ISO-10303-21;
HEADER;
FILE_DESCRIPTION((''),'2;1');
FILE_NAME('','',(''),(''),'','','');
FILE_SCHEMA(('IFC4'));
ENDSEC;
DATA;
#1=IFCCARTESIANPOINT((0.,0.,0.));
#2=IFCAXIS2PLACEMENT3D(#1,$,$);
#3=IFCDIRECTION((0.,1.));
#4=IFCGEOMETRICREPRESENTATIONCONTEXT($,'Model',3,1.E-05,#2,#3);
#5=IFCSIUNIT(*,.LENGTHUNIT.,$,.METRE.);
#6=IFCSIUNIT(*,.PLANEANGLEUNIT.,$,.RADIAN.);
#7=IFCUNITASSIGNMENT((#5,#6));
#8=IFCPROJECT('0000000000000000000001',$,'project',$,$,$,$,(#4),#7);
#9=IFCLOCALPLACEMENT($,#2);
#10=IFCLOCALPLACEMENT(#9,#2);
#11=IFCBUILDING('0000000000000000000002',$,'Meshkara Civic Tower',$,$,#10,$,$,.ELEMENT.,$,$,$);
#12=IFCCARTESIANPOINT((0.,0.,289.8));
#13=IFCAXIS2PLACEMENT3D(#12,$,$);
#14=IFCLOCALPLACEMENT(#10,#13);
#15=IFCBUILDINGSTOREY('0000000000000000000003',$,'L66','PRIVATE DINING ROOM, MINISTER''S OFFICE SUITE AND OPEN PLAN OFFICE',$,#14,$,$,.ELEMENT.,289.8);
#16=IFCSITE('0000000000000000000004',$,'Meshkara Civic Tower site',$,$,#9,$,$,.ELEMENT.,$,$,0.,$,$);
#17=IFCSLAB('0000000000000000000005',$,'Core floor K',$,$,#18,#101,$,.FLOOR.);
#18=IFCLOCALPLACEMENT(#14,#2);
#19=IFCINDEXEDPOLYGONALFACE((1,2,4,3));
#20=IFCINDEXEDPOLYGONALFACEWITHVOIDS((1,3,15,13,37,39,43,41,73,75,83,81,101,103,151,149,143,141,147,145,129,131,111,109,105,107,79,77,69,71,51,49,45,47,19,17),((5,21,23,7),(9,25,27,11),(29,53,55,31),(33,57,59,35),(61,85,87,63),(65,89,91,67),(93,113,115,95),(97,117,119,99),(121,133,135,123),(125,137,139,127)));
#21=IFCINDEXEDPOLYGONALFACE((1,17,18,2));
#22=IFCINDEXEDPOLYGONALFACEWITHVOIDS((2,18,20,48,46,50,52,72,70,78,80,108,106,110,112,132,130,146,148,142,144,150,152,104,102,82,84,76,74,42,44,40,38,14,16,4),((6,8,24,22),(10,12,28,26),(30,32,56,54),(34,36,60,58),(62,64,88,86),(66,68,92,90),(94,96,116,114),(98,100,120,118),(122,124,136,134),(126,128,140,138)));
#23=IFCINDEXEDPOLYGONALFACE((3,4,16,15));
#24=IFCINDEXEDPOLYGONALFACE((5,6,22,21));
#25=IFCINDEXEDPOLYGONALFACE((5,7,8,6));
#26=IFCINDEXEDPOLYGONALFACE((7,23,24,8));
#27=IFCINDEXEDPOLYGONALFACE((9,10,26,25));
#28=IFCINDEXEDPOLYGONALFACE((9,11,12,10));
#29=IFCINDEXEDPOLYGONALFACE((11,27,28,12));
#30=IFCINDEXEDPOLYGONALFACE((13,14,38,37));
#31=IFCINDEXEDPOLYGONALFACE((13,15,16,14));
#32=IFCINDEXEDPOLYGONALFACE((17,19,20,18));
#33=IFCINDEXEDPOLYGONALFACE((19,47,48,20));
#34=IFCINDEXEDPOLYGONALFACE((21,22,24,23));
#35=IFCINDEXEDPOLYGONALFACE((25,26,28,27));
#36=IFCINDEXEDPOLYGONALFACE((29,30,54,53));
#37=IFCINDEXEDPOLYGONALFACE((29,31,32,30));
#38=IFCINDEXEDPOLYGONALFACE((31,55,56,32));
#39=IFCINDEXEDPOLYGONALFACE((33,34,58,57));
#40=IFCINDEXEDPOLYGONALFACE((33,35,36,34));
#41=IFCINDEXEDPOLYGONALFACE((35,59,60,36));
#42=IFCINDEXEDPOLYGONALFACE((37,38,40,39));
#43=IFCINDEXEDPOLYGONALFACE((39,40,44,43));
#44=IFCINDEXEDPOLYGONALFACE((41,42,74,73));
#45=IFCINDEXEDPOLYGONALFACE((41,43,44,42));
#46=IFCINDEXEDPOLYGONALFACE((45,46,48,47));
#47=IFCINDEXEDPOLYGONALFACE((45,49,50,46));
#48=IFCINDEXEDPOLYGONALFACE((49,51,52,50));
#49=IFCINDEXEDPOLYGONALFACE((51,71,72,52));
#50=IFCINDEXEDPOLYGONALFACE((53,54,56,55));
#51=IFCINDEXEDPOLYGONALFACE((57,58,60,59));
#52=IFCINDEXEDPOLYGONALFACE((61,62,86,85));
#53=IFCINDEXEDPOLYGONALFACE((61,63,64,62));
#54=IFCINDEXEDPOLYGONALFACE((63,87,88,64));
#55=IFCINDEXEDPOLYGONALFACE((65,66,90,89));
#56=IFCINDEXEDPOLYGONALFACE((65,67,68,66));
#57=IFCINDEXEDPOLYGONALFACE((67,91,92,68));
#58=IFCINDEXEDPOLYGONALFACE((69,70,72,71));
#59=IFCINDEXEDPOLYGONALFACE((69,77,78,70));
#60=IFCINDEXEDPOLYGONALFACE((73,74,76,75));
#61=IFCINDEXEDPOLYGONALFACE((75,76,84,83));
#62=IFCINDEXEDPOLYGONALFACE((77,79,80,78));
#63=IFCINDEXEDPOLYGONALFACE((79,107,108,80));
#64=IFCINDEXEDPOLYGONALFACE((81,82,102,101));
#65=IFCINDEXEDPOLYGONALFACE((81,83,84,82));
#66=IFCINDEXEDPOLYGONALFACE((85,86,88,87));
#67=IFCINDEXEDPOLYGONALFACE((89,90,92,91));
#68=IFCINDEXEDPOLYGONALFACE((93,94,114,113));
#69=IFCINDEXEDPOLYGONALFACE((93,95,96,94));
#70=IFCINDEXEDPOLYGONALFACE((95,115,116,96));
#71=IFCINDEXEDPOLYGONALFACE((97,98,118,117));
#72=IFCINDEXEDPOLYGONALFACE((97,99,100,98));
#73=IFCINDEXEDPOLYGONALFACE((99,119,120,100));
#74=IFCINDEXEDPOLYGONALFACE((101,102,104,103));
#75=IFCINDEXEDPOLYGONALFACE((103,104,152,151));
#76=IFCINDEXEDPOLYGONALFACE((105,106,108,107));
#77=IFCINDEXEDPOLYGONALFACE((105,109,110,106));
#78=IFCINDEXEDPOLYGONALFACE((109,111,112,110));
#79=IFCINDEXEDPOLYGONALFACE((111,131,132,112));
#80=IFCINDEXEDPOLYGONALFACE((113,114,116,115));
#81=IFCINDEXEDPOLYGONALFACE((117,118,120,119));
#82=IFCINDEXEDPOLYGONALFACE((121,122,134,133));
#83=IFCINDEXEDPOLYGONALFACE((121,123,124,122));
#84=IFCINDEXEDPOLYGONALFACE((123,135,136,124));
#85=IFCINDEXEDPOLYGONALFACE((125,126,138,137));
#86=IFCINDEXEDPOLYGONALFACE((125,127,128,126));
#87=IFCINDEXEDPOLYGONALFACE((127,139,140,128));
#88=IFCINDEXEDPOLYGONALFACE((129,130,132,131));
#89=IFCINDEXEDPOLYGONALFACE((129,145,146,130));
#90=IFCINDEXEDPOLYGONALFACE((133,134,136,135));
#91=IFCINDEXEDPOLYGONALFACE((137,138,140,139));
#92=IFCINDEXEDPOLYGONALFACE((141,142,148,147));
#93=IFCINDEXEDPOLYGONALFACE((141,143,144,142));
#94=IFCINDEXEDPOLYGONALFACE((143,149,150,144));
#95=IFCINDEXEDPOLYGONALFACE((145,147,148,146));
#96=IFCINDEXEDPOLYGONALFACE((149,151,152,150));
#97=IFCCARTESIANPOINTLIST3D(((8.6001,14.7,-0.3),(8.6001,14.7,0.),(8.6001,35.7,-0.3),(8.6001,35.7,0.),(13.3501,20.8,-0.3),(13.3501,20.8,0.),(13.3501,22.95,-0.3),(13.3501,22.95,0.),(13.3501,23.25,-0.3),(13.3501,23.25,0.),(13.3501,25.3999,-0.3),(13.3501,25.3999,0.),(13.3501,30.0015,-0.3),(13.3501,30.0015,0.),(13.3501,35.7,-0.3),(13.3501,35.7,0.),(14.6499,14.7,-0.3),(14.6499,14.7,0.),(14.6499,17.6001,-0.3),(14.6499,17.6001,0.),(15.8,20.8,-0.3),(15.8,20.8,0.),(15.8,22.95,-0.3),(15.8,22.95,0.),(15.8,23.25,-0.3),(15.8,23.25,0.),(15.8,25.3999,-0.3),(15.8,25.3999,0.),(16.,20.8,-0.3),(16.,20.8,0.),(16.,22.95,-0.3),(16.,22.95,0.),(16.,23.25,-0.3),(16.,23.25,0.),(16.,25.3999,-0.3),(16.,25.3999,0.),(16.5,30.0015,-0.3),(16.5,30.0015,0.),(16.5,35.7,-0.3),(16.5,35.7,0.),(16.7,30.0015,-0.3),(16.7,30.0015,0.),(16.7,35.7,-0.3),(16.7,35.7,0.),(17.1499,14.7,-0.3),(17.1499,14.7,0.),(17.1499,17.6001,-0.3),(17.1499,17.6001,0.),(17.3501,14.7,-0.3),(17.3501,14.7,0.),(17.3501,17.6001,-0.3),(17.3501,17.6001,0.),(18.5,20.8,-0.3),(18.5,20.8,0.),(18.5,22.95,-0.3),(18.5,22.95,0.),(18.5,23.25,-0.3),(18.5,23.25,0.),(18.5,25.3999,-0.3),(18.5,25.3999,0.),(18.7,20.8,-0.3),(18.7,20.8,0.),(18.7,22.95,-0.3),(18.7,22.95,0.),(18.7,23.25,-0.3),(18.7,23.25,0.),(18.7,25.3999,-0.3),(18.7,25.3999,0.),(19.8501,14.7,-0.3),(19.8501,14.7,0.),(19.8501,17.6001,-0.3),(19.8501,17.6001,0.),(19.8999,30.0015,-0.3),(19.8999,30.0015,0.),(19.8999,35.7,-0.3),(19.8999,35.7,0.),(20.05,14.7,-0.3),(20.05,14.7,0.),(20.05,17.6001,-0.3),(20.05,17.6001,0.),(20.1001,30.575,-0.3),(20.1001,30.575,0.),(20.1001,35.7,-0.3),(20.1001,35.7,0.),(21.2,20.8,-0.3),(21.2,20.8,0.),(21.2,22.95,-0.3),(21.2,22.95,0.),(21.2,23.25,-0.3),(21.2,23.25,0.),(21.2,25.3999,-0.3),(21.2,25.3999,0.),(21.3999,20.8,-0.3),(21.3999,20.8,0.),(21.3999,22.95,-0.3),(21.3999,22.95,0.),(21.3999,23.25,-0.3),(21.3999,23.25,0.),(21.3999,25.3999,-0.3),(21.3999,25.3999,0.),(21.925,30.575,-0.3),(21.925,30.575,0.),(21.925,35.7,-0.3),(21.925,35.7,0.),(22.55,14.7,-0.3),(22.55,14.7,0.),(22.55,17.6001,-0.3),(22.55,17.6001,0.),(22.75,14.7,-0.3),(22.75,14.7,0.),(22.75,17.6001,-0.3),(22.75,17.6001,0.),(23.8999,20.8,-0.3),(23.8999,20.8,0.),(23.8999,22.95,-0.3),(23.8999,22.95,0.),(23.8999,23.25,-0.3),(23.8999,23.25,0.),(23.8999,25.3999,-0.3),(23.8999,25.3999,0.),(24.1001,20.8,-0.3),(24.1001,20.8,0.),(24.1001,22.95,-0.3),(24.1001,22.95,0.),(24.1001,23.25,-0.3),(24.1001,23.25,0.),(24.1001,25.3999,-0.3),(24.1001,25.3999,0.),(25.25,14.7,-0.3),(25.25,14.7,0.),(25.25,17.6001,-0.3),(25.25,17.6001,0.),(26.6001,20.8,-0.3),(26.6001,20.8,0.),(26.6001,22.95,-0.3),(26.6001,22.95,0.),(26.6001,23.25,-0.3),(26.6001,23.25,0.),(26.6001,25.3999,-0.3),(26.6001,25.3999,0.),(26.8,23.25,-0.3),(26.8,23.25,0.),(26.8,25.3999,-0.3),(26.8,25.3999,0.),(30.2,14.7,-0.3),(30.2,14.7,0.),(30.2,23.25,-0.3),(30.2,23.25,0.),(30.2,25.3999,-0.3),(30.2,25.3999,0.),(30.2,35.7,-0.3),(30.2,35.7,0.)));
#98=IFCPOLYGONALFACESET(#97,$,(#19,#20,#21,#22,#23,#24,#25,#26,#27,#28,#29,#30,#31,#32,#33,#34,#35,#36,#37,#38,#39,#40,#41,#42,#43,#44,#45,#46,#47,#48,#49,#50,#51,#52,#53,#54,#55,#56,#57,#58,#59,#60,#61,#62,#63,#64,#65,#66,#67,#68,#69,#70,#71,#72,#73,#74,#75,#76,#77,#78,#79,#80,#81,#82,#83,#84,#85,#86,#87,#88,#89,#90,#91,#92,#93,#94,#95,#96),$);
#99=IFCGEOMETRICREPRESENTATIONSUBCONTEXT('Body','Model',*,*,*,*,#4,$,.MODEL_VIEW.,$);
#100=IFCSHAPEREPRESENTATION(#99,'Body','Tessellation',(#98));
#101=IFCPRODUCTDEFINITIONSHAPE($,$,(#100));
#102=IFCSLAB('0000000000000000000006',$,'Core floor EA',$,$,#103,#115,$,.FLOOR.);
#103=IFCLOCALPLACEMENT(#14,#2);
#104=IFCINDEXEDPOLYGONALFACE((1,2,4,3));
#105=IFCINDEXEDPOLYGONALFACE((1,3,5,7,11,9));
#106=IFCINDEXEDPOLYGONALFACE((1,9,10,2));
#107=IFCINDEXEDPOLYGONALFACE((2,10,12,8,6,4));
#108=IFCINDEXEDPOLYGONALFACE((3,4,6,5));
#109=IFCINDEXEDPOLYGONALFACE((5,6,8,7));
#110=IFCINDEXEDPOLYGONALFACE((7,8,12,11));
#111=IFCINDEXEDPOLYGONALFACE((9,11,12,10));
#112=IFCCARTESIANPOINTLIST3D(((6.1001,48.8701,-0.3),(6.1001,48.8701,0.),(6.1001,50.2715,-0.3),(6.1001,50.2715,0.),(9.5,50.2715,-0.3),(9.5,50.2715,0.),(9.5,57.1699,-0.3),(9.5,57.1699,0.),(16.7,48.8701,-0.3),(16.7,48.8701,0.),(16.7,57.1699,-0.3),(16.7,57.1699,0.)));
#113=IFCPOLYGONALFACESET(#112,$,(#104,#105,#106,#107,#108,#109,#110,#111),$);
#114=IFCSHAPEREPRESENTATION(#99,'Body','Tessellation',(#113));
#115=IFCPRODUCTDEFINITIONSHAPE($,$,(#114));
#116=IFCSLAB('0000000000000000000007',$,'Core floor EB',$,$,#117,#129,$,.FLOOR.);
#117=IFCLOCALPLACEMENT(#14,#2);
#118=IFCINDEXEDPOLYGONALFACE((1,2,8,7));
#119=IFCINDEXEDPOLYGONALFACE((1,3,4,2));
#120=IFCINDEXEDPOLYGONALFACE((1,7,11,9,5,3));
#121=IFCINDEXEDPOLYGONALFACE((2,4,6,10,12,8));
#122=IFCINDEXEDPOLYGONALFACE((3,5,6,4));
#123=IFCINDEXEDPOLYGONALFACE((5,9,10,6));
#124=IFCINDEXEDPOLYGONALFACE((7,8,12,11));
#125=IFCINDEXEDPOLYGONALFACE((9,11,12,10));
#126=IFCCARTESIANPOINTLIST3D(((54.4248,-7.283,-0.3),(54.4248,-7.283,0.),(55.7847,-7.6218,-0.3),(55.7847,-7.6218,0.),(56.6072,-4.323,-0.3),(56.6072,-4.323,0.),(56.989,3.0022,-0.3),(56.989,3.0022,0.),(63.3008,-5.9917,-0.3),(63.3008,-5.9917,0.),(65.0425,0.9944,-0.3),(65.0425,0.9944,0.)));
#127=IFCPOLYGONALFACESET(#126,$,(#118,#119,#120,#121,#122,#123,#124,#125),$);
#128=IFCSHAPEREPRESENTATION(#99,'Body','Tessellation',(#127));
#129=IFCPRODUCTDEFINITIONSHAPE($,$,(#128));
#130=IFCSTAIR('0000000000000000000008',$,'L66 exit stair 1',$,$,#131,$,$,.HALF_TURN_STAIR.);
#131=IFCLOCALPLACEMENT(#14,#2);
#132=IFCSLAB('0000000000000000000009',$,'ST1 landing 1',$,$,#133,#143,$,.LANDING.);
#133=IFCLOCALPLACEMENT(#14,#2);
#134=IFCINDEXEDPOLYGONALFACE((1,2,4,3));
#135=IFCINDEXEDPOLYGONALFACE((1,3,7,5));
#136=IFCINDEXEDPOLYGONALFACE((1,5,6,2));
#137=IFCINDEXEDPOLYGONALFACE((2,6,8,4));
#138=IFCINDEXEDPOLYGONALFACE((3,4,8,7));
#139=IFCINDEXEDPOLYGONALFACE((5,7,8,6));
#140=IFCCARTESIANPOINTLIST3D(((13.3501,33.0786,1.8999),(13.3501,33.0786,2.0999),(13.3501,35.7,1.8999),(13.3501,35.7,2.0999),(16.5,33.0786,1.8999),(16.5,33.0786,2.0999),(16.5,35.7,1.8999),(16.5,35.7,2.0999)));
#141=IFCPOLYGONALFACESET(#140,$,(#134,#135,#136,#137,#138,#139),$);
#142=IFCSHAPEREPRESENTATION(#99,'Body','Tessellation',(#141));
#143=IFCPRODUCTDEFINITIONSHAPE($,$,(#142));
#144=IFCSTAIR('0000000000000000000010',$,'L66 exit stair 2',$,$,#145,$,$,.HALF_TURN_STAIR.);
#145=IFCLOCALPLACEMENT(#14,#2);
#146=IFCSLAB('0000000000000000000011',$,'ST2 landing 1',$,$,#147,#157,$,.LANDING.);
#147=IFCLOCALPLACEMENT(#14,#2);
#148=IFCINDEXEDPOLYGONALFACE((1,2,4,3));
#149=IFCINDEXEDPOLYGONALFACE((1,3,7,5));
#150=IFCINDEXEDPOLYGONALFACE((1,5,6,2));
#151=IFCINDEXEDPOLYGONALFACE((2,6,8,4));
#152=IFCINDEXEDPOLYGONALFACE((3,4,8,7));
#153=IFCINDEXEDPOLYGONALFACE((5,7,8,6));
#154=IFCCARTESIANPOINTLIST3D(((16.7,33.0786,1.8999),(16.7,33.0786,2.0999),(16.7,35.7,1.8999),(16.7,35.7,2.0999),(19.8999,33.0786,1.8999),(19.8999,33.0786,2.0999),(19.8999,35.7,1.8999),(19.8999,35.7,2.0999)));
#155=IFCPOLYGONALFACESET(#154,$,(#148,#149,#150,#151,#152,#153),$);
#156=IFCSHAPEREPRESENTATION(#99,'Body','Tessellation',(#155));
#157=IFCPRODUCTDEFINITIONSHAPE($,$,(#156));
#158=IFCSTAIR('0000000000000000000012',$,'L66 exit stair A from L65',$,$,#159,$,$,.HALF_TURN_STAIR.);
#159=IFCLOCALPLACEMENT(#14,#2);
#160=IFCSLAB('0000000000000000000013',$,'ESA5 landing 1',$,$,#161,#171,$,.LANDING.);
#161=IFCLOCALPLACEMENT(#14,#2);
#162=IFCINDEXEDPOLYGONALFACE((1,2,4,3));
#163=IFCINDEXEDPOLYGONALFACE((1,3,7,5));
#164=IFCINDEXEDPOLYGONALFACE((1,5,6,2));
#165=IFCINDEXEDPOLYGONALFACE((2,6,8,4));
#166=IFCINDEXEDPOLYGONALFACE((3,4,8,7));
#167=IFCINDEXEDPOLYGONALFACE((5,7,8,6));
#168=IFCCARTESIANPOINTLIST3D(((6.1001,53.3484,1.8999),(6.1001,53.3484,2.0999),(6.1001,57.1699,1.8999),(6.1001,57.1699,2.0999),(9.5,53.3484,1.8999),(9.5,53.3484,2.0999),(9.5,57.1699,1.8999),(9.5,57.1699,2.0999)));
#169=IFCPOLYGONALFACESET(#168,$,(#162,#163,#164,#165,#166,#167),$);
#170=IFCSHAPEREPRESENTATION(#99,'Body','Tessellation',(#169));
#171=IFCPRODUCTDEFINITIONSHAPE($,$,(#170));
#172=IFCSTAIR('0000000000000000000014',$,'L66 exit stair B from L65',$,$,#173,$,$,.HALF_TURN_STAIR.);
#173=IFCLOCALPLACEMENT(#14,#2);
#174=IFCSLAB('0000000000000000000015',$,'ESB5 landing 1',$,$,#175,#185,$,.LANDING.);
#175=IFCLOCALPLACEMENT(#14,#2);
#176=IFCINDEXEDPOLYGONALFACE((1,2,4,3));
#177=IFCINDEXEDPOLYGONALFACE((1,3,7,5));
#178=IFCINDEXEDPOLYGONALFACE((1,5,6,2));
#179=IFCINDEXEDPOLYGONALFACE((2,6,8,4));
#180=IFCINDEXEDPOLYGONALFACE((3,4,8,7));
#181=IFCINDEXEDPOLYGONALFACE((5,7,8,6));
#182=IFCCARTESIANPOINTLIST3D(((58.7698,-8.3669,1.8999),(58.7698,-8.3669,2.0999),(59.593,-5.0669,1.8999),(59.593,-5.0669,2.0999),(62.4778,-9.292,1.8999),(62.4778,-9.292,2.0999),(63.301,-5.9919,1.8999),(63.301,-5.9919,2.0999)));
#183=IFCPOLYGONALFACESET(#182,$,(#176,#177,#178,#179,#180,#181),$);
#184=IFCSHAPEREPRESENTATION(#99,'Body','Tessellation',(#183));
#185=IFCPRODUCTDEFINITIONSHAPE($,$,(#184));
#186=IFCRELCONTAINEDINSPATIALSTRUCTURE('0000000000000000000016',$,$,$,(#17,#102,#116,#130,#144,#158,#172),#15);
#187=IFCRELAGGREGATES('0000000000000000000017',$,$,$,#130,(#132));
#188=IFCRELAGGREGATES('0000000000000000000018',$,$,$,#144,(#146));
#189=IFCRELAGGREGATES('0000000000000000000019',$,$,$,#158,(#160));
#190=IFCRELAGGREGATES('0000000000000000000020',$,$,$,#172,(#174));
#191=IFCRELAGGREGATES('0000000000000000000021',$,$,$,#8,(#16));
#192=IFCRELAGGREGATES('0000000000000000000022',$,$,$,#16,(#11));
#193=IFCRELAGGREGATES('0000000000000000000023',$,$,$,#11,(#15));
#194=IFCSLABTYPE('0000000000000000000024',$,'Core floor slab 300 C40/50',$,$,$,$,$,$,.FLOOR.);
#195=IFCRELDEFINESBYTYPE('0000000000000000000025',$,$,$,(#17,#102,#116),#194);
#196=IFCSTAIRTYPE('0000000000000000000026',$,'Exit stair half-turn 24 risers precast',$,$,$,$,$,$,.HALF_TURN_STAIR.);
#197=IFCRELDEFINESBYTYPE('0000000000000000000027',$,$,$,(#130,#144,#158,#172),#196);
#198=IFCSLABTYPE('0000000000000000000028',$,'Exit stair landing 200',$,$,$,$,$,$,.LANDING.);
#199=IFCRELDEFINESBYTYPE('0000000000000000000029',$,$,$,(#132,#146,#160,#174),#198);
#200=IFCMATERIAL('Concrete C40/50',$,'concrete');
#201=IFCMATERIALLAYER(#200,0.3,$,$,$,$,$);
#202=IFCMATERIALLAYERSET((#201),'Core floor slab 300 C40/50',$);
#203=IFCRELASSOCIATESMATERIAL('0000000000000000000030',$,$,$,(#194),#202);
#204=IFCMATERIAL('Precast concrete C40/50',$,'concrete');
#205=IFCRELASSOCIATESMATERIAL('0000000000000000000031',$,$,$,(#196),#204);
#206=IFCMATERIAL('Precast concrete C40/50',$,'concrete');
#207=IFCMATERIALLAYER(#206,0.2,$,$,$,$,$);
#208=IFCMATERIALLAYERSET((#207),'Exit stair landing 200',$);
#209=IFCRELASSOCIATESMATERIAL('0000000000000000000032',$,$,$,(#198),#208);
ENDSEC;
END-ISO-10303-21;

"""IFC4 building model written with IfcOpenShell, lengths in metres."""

from ifc_helpers import new_model, si_unit, direction, frame, origin, place, context, subcontext, project, spatial, polyline, outline, extrude, material, layer, layer_set, type_object, element, aggregate, save


model = new_model("IFC4")

# Units and contexts
model_context = context("Model", 3, precision=1e-05, world=origin(), true_north=direction((0.0, 1.0)))
body_context = subcontext(model_context, "Body", "Model", "MODEL_VIEW")
ifc_project = project(units=[si_unit("LENGTHUNIT", "METRE"), si_unit("PLANEANGLEUNIT", "RADIAN")], contexts=[model_context])

# Site, building, storey
site_placement = place(None, origin())
site = spatial("IfcSite", under=ifc_project, at=site_placement, Name="Meshkara Civic Tower site", CompositionType="ELEMENT", RefElevation=0.0)
building_placement = place(site_placement, origin())
building = spatial("IfcBuilding", under=site, at=building_placement, Name="Meshkara Civic Tower", CompositionType="ELEMENT")
storey_placement = place(building_placement, frame((0.0, 0.0, 289.8)))
storey = spatial("IfcBuildingStorey", under=building, at=storey_placement, Name="L66", Description="PRIVATE DINING ROOM, MINISTER'S OFFICE SUITE AND OPEN PLAN OFFICE", CompositionType="ELEMENT", Elevation=289.8)

# Slabs
ifc_material_1 = material(Name="Concrete C40/50", Category="concrete")
ifc_layer_1 = layer(ifc_material_1, 0.3)
ifc_layer_set_1 = layer_set([ifc_layer_1], Name="Core floor slab 300 C40/50")
slab_type_1 = type_object("IfcSlabType", Name="Core floor slab 300 C40/50", PredefinedType="FLOOR", material=ifc_layer_set_1)
slab_1_placement = place(storey_placement, frame((0.0, 0.0, -0.3)))
element("IfcSlab", 1, at=slab_1_placement, inside=storey, type_object=slab_type_1, Name="Core floor K", PredefinedType="FLOOR", context=body_context, shape_type="SweptSolid", body=[
    extrude(outline(polyline([(8.6001, 35.7), (13.3501, 35.7), (13.3501, 30.0015), (16.5, 30.0015), (16.5, 35.7), (16.7, 35.7), (16.7, 30.0015), (19.8999, 30.0015), (19.8999, 35.7), (20.1001, 35.7), (20.1001, 30.575), (21.925, 30.575), (21.925, 35.7), (30.2, 35.7), (30.2, 25.3999), (26.8, 25.3999), (26.8, 23.25), (30.2, 23.25), (30.2, 14.7), (25.25, 14.7), (25.25, 17.6001), (22.75, 17.6001), (22.75, 14.7), (22.55, 14.7), (22.55, 17.6001), (20.05, 17.6001), (20.05, 14.7), (19.8501, 14.7), (19.8501, 17.6001), (17.3501, 17.6001), (17.3501, 14.7), (17.1499, 14.7), (17.1499, 17.6001), (14.6499, 17.6001), (14.6499, 14.7), (8.6001, 14.7), (8.6001, 35.7)]), holes=[polyline([(15.8, 20.8), (15.8, 22.95), (13.3501, 22.95), (13.3501, 20.8), (15.8, 20.8)]), polyline([(16.0, 22.95), (16.0, 20.8), (18.5, 20.8), (18.5, 22.95), (16.0, 22.95)]), polyline([(18.7, 22.95), (18.7, 20.8), (21.2, 20.8), (21.2, 22.95), (18.7, 22.95)]), polyline([(15.8, 23.25), (15.8, 25.3999), (13.3501, 25.3999), (13.3501, 23.25), (15.8, 23.25)]), polyline([(16.0, 25.3999), (16.0, 23.25), (18.5, 23.25), (18.5, 25.3999), (16.0, 25.3999)]), polyline([(21.3999, 20.8), (23.8999, 20.8), (23.8999, 22.95), (21.3999, 22.95), (21.3999, 20.8)]), polyline([(24.1001, 20.8), (26.6001, 20.8), (26.6001, 22.95), (24.1001, 22.95), (24.1001, 20.8)]), polyline([(18.7, 25.3999), (18.7, 23.25), (21.2, 23.25), (21.2, 25.3999), (18.7, 25.3999)]), polyline([(21.3999, 23.25), (23.8999, 23.25), (23.8999, 25.3999), (21.3999, 25.3999), (21.3999, 23.25)]), polyline([(26.6001, 23.25), (26.6001, 25.3999), (24.1001, 25.3999), (24.1001, 23.25), (26.6001, 23.25)])]), origin(), (0.0, 0.0, 1.0), 0.3),
])
slab_2_placement = place(storey_placement, frame((0.0, 0.0, -0.3)))
element("IfcSlab", 2, at=slab_2_placement, inside=storey, type_object=slab_type_1, Name="Core floor EA", PredefinedType="FLOOR", context=body_context, shape_type="SweptSolid", body=[
    extrude(outline(polyline([(16.7, 48.8701), (16.7, 57.1699), (9.5, 57.1699), (9.5, 50.2715), (6.1001, 50.2715), (6.1001, 48.8701), (16.7, 48.8701)])), origin(), (0.0, 0.0, 1.0), 0.3),
])
slab_3_placement = place(storey_placement, frame((0.0, 0.0, -0.3)))
element("IfcSlab", 3, at=slab_3_placement, inside=storey, type_object=slab_type_1, Name="Core floor EB", PredefinedType="FLOOR", context=body_context, shape_type="SweptSolid", body=[
    extrude(outline(polyline([(56.989, 3.0022), (65.0425, 0.9944), (63.3008, -5.9917), (56.6072, -4.323), (55.7847, -7.6218), (54.4248, -7.283), (56.989, 3.0022)])), origin(), (0.0, 0.0, 1.0), 0.3),
])

# Stairs, slabs
ifc_material_2 = material(Name="Precast concrete C40/50", Category="concrete")
stair_type = type_object("IfcStairType", Name="Exit stair half-turn 24 risers precast", PredefinedType="HALF_TURN_STAIR", material=ifc_material_2)
stair_1_placement = place(storey_placement, origin())
stair_1 = element("IfcStair", 4, at=stair_1_placement, inside=storey, type_object=stair_type, Name="L66 exit stair 1", PredefinedType="HALF_TURN_STAIR")
ifc_material_3 = material(Name="Precast concrete C40/50", Category="concrete")
ifc_layer_2 = layer(ifc_material_3, 0.2)
ifc_layer_set_2 = layer_set([ifc_layer_2], Name="Exit stair landing 200")
slab_type_2 = type_object("IfcSlabType", Name="Exit stair landing 200", PredefinedType="LANDING", material=ifc_layer_set_2)
slab_4_placement = place(storey_placement, frame((0.0, 0.0, 1.8999)))
slab_4 = element("IfcSlab", 5, at=slab_4_placement, type_object=slab_type_2, Name="ST1 landing 1", PredefinedType="LANDING", context=body_context, shape_type="SweptSolid", body=[
    extrude(outline(polyline([(16.5, 33.0786), (16.5, 35.7), (13.3501, 35.7), (13.3501, 33.0786), (16.5, 33.0786)])), origin(), (0.0, 0.0, 1.0), 0.2),
])
aggregate(stair_1, [slab_4])
stair_2_placement = place(storey_placement, origin())
stair_2 = element("IfcStair", 6, at=stair_2_placement, inside=storey, type_object=stair_type, Name="L66 exit stair 2", PredefinedType="HALF_TURN_STAIR")
slab_5_placement = place(storey_placement, frame((0.0, 0.0, 1.8999)))
slab_5 = element("IfcSlab", 7, at=slab_5_placement, type_object=slab_type_2, Name="ST2 landing 1", PredefinedType="LANDING", context=body_context, shape_type="SweptSolid", body=[
    extrude(outline(polyline([(19.8999, 33.0786), (19.8999, 35.7), (16.7, 35.7), (16.7, 33.0786), (19.8999, 33.0786)])), origin(), (0.0, 0.0, 1.0), 0.2),
])
aggregate(stair_2, [slab_5])
stair_3_placement = place(storey_placement, origin())
stair_3 = element("IfcStair", 8, at=stair_3_placement, inside=storey, type_object=stair_type, Name="L66 exit stair A from L65", PredefinedType="HALF_TURN_STAIR")
slab_6_placement = place(storey_placement, frame((0.0, 0.0, 1.8999)))
slab_6 = element("IfcSlab", 9, at=slab_6_placement, type_object=slab_type_2, Name="ESA5 landing 1", PredefinedType="LANDING", context=body_context, shape_type="SweptSolid", body=[
    extrude(outline(polyline([(9.5, 53.3484), (9.5, 57.1699), (6.1001, 57.1699), (6.1001, 53.3484), (9.5, 53.3484)])), origin(), (0.0, 0.0, 1.0), 0.2),
])
aggregate(stair_3, [slab_6])
stair_4_placement = place(storey_placement, origin())
stair_4 = element("IfcStair", 10, at=stair_4_placement, inside=storey, type_object=stair_type, Name="L66 exit stair B from L65", PredefinedType="HALF_TURN_STAIR")
slab_7_placement = place(storey_placement, frame((0.0, 0.0, 1.8999)))
slab_7 = element("IfcSlab", 11, at=slab_7_placement, type_object=slab_type_2, Name="ESB5 landing 1", PredefinedType="LANDING", context=body_context, shape_type="SweptSolid", body=[
    extrude(outline(polyline([(58.7698, -8.3669), (62.4778, -9.292), (63.301, -5.9919), (59.593, -5.0669), (58.7698, -8.3669)])), origin(), (0.0, 0.0, 1.0), 0.2),
])
aggregate(stair_4, [slab_7])

save(model, "model.ifc")
